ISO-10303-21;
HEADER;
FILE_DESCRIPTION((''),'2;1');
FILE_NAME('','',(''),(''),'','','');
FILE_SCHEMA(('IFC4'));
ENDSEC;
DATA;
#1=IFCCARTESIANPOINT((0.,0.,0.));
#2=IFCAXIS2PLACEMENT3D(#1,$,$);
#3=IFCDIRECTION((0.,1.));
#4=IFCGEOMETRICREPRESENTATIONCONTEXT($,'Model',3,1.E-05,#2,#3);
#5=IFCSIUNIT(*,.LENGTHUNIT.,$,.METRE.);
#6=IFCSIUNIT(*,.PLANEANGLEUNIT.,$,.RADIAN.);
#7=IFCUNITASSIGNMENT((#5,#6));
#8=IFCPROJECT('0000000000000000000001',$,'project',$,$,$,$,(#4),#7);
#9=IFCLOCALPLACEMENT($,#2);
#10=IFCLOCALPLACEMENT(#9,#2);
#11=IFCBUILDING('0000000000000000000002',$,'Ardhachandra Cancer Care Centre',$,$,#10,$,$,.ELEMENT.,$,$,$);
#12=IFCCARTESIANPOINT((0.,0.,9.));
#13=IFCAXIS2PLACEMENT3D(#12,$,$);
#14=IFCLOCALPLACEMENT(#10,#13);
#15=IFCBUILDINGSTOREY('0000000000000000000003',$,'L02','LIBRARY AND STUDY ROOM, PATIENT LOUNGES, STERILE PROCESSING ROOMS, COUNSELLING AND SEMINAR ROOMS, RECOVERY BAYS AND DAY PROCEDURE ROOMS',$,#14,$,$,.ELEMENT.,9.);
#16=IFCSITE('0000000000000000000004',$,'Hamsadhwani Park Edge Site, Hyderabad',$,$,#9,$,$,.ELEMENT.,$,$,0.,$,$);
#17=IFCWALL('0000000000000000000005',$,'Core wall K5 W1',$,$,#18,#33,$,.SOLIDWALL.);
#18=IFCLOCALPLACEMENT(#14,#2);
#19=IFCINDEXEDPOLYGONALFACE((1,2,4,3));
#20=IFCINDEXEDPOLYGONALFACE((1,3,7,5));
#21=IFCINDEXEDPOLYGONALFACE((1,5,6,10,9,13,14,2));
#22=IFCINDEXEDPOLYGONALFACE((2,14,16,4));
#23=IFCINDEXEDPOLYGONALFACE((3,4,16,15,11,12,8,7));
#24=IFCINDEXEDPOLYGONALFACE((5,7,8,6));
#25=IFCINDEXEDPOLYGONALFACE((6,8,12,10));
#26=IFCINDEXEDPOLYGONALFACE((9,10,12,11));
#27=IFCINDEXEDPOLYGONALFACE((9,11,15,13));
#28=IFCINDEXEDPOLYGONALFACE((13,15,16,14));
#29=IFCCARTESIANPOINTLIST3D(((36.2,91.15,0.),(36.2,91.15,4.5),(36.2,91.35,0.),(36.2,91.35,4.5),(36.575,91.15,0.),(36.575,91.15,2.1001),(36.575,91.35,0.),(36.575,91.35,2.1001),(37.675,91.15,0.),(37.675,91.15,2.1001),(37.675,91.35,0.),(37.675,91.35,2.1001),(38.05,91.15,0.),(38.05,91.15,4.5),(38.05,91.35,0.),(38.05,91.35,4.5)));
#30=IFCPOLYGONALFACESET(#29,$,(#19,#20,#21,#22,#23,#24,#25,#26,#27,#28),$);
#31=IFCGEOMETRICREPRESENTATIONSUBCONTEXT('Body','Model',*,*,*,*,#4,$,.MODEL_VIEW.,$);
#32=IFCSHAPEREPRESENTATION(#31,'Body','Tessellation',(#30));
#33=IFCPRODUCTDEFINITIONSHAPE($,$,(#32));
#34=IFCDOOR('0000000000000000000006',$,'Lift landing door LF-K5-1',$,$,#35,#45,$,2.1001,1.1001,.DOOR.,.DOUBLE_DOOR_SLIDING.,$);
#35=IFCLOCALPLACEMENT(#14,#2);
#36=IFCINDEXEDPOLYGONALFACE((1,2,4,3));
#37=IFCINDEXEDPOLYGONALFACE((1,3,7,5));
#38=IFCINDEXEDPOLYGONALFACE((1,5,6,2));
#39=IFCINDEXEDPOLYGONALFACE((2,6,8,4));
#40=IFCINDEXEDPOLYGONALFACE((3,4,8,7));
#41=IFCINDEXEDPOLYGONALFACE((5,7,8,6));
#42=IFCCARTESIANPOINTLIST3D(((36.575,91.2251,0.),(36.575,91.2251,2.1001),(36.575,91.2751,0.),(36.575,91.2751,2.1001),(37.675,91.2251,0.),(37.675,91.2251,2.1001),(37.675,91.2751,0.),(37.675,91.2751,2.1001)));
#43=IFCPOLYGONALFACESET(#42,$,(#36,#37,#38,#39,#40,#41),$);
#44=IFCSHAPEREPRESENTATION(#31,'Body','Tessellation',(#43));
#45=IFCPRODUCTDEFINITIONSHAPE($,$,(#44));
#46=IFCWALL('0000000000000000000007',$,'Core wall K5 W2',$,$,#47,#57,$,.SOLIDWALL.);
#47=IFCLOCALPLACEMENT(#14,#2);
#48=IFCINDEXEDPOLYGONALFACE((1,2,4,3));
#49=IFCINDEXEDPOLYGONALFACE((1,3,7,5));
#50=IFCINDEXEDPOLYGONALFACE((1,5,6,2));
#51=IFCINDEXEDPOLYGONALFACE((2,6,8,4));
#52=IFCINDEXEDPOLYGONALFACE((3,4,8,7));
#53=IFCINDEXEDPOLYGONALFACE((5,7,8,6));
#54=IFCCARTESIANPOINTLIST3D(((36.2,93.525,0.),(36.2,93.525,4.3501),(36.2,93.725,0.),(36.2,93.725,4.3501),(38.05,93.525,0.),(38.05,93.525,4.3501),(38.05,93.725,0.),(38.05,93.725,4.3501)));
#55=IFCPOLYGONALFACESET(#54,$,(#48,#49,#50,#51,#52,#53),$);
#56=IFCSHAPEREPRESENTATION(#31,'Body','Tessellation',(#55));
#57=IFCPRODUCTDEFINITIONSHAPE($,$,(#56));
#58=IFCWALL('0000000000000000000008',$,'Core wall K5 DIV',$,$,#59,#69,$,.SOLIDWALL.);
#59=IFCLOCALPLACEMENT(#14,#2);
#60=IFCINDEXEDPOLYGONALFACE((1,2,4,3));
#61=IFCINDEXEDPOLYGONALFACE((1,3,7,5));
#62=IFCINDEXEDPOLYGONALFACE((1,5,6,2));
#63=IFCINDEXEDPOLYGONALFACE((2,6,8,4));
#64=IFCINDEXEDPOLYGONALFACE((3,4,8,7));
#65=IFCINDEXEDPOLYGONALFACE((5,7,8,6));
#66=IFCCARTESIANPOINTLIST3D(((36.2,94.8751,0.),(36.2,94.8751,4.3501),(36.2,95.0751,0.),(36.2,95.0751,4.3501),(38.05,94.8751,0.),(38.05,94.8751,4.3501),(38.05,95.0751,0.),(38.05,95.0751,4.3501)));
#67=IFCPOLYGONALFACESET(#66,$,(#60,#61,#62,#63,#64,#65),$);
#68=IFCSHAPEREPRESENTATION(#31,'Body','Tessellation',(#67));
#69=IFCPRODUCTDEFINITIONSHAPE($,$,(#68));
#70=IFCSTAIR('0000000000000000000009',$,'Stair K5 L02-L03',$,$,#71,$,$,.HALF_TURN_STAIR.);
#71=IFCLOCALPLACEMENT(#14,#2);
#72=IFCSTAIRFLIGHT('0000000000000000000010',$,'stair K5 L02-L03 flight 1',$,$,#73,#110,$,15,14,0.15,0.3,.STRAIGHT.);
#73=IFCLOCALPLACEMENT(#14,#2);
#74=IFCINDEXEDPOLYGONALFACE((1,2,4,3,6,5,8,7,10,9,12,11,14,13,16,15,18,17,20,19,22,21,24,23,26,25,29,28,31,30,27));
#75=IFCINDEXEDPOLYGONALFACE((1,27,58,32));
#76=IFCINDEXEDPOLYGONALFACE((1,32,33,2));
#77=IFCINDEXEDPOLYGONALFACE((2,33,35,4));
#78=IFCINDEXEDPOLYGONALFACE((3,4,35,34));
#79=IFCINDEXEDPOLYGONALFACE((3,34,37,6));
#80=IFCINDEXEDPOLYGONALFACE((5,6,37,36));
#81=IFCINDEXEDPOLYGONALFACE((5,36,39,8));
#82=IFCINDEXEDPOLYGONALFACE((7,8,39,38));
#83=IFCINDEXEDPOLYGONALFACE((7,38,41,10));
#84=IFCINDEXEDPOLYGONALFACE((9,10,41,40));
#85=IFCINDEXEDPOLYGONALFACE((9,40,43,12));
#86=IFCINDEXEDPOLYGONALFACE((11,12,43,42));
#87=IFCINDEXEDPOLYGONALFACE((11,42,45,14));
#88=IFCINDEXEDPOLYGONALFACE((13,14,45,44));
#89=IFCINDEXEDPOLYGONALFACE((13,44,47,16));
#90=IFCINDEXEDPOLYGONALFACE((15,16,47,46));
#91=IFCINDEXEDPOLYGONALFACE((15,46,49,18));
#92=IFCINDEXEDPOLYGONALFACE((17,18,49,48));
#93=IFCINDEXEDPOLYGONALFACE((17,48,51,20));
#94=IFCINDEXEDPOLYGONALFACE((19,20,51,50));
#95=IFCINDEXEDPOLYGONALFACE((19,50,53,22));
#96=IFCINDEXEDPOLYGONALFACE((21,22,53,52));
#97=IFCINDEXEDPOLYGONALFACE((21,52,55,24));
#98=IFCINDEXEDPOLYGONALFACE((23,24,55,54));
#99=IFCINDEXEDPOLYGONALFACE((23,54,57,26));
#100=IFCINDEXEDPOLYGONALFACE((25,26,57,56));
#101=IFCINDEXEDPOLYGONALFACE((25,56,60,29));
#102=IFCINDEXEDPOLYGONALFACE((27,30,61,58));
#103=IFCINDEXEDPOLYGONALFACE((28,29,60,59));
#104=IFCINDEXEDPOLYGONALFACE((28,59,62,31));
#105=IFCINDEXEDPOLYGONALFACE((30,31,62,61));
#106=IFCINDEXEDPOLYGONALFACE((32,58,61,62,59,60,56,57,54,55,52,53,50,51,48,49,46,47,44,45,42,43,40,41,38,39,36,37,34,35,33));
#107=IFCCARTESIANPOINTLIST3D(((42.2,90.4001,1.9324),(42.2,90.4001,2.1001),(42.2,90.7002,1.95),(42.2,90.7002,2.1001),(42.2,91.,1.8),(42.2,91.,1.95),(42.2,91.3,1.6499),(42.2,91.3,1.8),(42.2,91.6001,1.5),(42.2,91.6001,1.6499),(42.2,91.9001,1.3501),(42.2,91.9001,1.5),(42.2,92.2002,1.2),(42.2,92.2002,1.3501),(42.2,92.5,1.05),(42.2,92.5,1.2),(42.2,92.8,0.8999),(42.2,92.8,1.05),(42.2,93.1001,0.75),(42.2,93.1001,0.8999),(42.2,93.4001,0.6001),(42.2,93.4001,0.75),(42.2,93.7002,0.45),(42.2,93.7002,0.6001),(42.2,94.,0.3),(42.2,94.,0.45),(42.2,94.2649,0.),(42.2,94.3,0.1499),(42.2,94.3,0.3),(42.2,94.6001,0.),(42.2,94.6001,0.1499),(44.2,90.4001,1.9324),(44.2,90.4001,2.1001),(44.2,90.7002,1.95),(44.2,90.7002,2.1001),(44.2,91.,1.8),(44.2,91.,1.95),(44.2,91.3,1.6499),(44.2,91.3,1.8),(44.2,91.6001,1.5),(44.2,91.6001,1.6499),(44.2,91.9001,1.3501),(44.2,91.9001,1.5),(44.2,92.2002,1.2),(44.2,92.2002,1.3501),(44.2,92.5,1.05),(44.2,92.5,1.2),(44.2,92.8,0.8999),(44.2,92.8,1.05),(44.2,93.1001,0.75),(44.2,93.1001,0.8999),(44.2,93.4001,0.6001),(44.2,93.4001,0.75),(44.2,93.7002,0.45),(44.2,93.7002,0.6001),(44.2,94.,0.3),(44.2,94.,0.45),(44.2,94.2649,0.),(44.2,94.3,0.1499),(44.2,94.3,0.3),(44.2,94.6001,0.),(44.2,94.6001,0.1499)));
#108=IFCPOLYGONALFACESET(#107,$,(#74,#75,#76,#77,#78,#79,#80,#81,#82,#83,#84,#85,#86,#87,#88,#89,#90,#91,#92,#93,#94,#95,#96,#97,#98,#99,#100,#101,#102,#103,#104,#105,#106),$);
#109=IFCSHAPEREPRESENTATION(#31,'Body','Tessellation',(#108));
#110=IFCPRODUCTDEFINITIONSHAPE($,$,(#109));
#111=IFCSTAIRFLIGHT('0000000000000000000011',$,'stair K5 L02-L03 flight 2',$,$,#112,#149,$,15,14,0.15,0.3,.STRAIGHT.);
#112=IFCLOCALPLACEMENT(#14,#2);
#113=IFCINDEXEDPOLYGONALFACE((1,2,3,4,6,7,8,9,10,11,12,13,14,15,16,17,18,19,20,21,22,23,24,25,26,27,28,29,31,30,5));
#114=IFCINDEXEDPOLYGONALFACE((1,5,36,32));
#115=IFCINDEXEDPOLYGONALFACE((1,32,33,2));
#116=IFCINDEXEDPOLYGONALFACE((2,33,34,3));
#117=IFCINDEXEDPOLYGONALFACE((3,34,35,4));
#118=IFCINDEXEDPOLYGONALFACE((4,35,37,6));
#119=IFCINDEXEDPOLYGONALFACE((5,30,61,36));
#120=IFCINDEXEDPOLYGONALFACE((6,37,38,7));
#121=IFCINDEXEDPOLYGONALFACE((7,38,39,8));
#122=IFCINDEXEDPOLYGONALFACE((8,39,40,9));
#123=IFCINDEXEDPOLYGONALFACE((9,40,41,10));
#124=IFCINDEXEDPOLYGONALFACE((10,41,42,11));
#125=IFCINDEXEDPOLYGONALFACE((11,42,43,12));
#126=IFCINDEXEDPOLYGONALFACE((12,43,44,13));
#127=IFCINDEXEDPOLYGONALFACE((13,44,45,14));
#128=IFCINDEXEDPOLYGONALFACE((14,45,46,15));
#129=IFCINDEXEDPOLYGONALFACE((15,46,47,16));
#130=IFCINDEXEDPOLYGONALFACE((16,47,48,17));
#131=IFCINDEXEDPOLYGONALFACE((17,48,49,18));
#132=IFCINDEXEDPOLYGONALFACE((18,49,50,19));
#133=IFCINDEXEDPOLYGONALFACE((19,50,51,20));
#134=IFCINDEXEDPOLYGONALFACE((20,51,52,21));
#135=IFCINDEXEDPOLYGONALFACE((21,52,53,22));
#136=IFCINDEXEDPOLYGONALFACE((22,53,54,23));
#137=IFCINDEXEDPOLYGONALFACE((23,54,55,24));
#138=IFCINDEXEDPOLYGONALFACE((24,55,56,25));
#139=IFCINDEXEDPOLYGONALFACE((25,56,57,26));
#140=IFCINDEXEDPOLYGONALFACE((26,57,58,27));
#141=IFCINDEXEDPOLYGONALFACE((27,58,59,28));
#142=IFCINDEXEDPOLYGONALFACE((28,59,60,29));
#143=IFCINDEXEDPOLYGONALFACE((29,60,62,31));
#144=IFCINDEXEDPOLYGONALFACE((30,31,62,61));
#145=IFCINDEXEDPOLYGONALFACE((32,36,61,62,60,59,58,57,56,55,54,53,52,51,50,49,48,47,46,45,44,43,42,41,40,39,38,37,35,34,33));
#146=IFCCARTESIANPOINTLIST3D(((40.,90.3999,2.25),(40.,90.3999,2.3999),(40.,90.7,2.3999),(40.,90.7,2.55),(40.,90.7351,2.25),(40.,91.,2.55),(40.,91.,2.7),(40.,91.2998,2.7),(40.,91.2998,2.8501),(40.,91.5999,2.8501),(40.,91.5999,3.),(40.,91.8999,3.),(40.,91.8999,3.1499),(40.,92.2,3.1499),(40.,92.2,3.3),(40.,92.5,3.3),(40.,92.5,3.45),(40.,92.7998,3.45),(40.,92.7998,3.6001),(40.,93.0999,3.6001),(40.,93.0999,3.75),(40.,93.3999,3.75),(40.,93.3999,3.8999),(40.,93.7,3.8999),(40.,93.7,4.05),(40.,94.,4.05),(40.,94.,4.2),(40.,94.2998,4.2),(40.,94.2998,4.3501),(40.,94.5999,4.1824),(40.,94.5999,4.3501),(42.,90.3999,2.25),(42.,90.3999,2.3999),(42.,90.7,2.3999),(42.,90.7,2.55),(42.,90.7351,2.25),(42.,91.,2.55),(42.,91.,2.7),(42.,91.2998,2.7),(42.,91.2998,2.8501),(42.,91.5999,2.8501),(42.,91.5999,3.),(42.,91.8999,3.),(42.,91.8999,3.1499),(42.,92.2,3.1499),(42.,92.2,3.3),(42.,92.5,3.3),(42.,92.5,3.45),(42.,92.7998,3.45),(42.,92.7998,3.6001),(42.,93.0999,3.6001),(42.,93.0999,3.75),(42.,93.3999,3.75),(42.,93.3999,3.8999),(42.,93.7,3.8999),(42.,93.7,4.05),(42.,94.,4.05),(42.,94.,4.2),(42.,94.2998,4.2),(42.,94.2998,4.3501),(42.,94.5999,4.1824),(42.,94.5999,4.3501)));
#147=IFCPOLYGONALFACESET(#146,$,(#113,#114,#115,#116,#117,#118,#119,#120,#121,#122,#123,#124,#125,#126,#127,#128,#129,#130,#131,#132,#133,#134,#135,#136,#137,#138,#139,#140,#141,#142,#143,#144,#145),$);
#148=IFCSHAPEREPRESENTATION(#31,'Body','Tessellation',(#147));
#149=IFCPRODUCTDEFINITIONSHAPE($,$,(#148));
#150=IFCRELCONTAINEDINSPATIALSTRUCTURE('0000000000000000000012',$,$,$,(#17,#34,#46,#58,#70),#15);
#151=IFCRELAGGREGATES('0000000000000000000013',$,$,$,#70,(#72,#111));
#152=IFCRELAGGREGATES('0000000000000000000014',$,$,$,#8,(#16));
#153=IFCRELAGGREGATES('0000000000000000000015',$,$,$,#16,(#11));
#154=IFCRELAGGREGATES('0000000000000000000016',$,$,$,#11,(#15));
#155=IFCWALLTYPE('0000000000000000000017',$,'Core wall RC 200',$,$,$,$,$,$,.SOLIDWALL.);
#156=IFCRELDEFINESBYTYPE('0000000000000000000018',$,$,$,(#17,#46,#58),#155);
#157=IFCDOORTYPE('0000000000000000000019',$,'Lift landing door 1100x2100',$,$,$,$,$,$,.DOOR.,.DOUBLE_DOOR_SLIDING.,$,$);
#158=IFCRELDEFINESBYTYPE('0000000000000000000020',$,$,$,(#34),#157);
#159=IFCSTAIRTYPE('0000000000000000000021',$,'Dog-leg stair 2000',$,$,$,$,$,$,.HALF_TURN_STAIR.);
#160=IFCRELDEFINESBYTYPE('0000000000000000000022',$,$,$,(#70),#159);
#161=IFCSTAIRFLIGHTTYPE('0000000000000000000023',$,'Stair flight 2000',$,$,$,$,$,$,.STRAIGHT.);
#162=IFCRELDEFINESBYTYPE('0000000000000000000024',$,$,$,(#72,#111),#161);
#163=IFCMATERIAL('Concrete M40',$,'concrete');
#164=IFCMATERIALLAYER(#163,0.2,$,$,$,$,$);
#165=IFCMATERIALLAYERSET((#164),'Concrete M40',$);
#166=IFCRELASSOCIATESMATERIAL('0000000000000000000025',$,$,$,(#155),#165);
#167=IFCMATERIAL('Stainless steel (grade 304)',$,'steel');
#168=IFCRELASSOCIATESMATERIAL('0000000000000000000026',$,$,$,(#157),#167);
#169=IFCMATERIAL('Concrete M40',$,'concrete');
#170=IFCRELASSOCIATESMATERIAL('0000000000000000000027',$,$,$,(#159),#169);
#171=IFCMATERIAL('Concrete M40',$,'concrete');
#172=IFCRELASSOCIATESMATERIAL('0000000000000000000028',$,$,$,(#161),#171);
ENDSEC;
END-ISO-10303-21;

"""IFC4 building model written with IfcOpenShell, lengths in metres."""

from ifc_helpers import new_model, si_unit, direction, frame, frame_2d, origin, place, context, subcontext, project, spatial, polyline, rectangle, outline, extrude, material, layer, layer_set, type_object, element, fill, aggregate, save


model = new_model("IFC4")

# Units and contexts
model_context = context("Model", 3, precision=1e-05, world=origin(), true_north=direction((0.0, 1.0)))
body_context = subcontext(model_context, "Body", "Model", "MODEL_VIEW")
ifc_project = project(units=[si_unit("LENGTHUNIT", "METRE"), si_unit("PLANEANGLEUNIT", "RADIAN")], contexts=[model_context])

# Site, building, storey
site_placement = place(None, origin())
site = spatial("IfcSite", under=ifc_project, at=site_placement, Name="Hamsadhwani Park Edge Site, Hyderabad", CompositionType="ELEMENT", RefElevation=0.0)
building_placement = place(site_placement, origin())
building = spatial("IfcBuilding", under=site, at=building_placement, Name="Ardhachandra Cancer Care Centre", CompositionType="ELEMENT")
storey_placement = place(building_placement, frame((0.0, 0.0, 9.0)))
storey = spatial("IfcBuildingStorey", under=building, at=storey_placement, Name="L02", Description="LIBRARY AND STUDY ROOM, PATIENT LOUNGES, STERILE PROCESSING ROOMS, COUNSELLING AND SEMINAR ROOMS, RECOVERY BAYS AND DAY PROCEDURE ROOMS", CompositionType="ELEMENT", Elevation=9.0)

# Shared definitions
ifc_material_1 = material(Name="Concrete M40", Category="concrete")
ifc_layer_1 = layer(ifc_material_1, 0.2)
ifc_layer_set_1 = layer_set([ifc_layer_1], Name="Concrete M40")
wall_type = type_object("IfcWallType", Name="Core wall RC 200", PredefinedType="SOLIDWALL", material=ifc_layer_set_1)

# Wall, opening, door
wall_1_placement = place(storey_placement, frame((38.05, 91.25, 0.0), z_axis=(0.0, 0.0, 1.0), x_axis=(-1.0, 0.0, 0.0)))
wall_1 = element("IfcWall", 1, at=wall_1_placement, inside=storey, type_object=wall_type, Name="Core wall K5 W1", PredefinedType="SOLIDWALL", context=body_context, shape_type="SweptSolid", body=[
    extrude(rectangle(XDim=1.8501, YDim=0.2, at=frame_2d((0.925, 0.0))), origin(), (0.0, 0.0, 1.0), 4.5),
])
opening_1_placement = place(wall_1_placement, frame((0.375, 0.0, 0.0)))
opening_1 = element("IfcOpeningElement", 2, at=opening_1_placement, cuts=wall_1, PredefinedType="OPENING", context=body_context, shape_type="SweptSolid", body=[
    extrude(rectangle(XDim=1.1001, YDim=2.1001, at=frame_2d((0.55, 1.05))), frame((0.0, 0.1099, 0.0), z_axis=(0.0, -1.0, 0.0), x_axis=(1.0, 0.0, 0.0)), (0.0, 0.0, 1.0), 0.22),
])
ifc_material_2 = material(Name="Stainless steel (grade 304)", Category="steel")
door_type_1 = type_object("IfcDoorType", Name="Lift landing door 1100x2100", OperationType="DOUBLE_DOOR_SLIDING", PredefinedType="DOOR", material=ifc_material_2)
door_1_placement = place(opening_1_placement, origin())
door_1 = element("IfcDoor", 3, at=door_1_placement, inside=storey, type_object=door_type_1, Name="Lift landing door LF-K5-1", OperationType="DOUBLE_DOOR_SLIDING", OverallHeight=2.1001, OverallWidth=1.1001, PredefinedType="DOOR", context=body_context, shape_type="SweptSolid", body=[
    extrude(rectangle(XDim=1.1001, YDim=2.1001, at=frame_2d((0.55, 1.05))), frame((0.0, 0.0249, 0.0), z_axis=(0.0, -1.0, 0.0), x_axis=(1.0, 0.0, 0.0)), (0.0, 0.0, 1.0), 0.05),
])
fill(opening_1, door_1)

# Walls
for number, where, z_axis, x_axis, name in (
    (4, (38.05, 93.625, 0.0), (0.0, 0.0, 1.0), (-1.0, 0.0, 0.0), "Core wall K5 W2"),
    (5, (38.05, 94.9751, 0.0), (0.0, 0.0, 1.0), (-1.0, 0.0, 0.0), "Core wall K5 DIV"),
):
    element("IfcWall", number, at=place(storey_placement, frame(where, z_axis=z_axis, x_axis=x_axis)), inside=storey, type_object=wall_type, Name=name, PredefinedType="SOLIDWALL", context=body_context, shape_type="SweptSolid", body=[
        extrude(rectangle(XDim=1.8501, YDim=0.2, at=frame_2d((0.925, 0.0))), origin(), (0.0, 0.0, 1.0), 4.3501),
    ])

# Stair, stair flights
ifc_material_3 = material(Name="Concrete M40", Category="concrete")
stair_type = type_object("IfcStairType", Name="Dog-leg stair 2000", PredefinedType="HALF_TURN_STAIR", material=ifc_material_3)
stair_placement = place(storey_placement, origin())
stair = element("IfcStair", 6, at=stair_placement, inside=storey, type_object=stair_type, Name="Stair K5 L02-L03", PredefinedType="HALF_TURN_STAIR")
ifc_material_4 = material(Name="Concrete M40", Category="concrete")
stair_flight_type = type_object("IfcStairFlightType", Name="Stair flight 2000", PredefinedType="STRAIGHT", material=ifc_material_4)
stair_flight_1_placement = place(storey_placement, frame((43.2, 94.6001, 0.0), z_axis=(0.0, 0.0, 1.0), x_axis=(0.0, -1.0, 0.0)))
stair_flight_1 = element("IfcStairFlight", 7, at=stair_flight_1_placement, type_object=stair_flight_type, Name="stair K5 L02-L03 flight 1", NumberOfRisers=15, NumberOfTreads=14, PredefinedType="STRAIGHT", RiserHeight=0.15, TreadLength=0.3, context=body_context, shape_type="SweptSolid", body=[
    extrude(outline(polyline([(0.0, 0.0), (0.0, 0.1499), (0.3, 0.1499), (0.3, 0.3), (0.6001, 0.3), (0.6001, 0.45), (0.8999, 0.45), (0.8999, 0.6001), (1.2, 0.6001), (1.2, 0.75), (1.5, 0.75), (1.5, 0.8999), (1.8, 0.8999), (1.8, 1.05), (2.1001, 1.05), (2.1001, 1.2), (2.3999, 1.2), (2.3999, 1.3501), (2.7, 1.3501), (2.7, 1.5), (3.0, 1.5), (3.0, 1.6499), (3.3, 1.6499), (3.3, 1.8), (3.6001, 1.8), (3.6001, 1.95), (3.8999, 1.95), (3.8999, 2.1001), (4.2, 2.1001), (4.2, 2.25), (4.2, 1.9324), (0.3352, 0.0), (0.0, 0.0)])), frame((0.0, 1.0, 0.0), z_axis=(0.0, -1.0, 0.0), x_axis=(1.0, 0.0, 0.0)), (0.0, 0.0, 1.0), 2.0),
])
stair_flight_2_placement = place(storey_placement, frame((41.0, 90.3999, 2.25), z_axis=(0.0, 0.0, 1.0), x_axis=(0.0, 1.0, 0.0)))
stair_flight_2 = element("IfcStairFlight", 8, at=stair_flight_2_placement, type_object=stair_flight_type, Name="stair K5 L02-L03 flight 2", NumberOfRisers=15, NumberOfTreads=14, PredefinedType="STRAIGHT", RiserHeight=0.15, TreadLength=0.3, context=body_context, shape_type="SweptSolid", body=[
    extrude(outline(polyline([(0.0, 0.0), (0.0, 0.1499), (0.3, 0.1499), (0.3, 0.3), (0.6001, 0.3), (0.6001, 0.45), (0.8999, 0.45), (0.8999, 0.6001), (1.2, 0.6001), (1.2, 0.75), (1.5, 0.75), (1.5, 0.8999), (1.8, 0.8999), (1.8, 1.05), (2.1001, 1.05), (2.1001, 1.2), (2.3999, 1.2), (2.3999, 1.3501), (2.7, 1.3501), (2.7, 1.5), (3.0, 1.5), (3.0, 1.6499), (3.3, 1.6499), (3.3, 1.8), (3.6001, 1.8), (3.6001, 1.95), (3.8999, 1.95), (3.8999, 2.1001), (4.2, 2.1001), (4.2, 2.25), (4.2, 1.9324), (0.3352, 0.0), (0.0, 0.0)])), frame((0.0, 1.0, 0.0), z_axis=(0.0, -1.0, 0.0), x_axis=(1.0, 0.0, 0.0)), (0.0, 0.0, 1.0), 2.0),
])
aggregate(stair, [stair_flight_1, stair_flight_2])

save(model, "model.ifc")
